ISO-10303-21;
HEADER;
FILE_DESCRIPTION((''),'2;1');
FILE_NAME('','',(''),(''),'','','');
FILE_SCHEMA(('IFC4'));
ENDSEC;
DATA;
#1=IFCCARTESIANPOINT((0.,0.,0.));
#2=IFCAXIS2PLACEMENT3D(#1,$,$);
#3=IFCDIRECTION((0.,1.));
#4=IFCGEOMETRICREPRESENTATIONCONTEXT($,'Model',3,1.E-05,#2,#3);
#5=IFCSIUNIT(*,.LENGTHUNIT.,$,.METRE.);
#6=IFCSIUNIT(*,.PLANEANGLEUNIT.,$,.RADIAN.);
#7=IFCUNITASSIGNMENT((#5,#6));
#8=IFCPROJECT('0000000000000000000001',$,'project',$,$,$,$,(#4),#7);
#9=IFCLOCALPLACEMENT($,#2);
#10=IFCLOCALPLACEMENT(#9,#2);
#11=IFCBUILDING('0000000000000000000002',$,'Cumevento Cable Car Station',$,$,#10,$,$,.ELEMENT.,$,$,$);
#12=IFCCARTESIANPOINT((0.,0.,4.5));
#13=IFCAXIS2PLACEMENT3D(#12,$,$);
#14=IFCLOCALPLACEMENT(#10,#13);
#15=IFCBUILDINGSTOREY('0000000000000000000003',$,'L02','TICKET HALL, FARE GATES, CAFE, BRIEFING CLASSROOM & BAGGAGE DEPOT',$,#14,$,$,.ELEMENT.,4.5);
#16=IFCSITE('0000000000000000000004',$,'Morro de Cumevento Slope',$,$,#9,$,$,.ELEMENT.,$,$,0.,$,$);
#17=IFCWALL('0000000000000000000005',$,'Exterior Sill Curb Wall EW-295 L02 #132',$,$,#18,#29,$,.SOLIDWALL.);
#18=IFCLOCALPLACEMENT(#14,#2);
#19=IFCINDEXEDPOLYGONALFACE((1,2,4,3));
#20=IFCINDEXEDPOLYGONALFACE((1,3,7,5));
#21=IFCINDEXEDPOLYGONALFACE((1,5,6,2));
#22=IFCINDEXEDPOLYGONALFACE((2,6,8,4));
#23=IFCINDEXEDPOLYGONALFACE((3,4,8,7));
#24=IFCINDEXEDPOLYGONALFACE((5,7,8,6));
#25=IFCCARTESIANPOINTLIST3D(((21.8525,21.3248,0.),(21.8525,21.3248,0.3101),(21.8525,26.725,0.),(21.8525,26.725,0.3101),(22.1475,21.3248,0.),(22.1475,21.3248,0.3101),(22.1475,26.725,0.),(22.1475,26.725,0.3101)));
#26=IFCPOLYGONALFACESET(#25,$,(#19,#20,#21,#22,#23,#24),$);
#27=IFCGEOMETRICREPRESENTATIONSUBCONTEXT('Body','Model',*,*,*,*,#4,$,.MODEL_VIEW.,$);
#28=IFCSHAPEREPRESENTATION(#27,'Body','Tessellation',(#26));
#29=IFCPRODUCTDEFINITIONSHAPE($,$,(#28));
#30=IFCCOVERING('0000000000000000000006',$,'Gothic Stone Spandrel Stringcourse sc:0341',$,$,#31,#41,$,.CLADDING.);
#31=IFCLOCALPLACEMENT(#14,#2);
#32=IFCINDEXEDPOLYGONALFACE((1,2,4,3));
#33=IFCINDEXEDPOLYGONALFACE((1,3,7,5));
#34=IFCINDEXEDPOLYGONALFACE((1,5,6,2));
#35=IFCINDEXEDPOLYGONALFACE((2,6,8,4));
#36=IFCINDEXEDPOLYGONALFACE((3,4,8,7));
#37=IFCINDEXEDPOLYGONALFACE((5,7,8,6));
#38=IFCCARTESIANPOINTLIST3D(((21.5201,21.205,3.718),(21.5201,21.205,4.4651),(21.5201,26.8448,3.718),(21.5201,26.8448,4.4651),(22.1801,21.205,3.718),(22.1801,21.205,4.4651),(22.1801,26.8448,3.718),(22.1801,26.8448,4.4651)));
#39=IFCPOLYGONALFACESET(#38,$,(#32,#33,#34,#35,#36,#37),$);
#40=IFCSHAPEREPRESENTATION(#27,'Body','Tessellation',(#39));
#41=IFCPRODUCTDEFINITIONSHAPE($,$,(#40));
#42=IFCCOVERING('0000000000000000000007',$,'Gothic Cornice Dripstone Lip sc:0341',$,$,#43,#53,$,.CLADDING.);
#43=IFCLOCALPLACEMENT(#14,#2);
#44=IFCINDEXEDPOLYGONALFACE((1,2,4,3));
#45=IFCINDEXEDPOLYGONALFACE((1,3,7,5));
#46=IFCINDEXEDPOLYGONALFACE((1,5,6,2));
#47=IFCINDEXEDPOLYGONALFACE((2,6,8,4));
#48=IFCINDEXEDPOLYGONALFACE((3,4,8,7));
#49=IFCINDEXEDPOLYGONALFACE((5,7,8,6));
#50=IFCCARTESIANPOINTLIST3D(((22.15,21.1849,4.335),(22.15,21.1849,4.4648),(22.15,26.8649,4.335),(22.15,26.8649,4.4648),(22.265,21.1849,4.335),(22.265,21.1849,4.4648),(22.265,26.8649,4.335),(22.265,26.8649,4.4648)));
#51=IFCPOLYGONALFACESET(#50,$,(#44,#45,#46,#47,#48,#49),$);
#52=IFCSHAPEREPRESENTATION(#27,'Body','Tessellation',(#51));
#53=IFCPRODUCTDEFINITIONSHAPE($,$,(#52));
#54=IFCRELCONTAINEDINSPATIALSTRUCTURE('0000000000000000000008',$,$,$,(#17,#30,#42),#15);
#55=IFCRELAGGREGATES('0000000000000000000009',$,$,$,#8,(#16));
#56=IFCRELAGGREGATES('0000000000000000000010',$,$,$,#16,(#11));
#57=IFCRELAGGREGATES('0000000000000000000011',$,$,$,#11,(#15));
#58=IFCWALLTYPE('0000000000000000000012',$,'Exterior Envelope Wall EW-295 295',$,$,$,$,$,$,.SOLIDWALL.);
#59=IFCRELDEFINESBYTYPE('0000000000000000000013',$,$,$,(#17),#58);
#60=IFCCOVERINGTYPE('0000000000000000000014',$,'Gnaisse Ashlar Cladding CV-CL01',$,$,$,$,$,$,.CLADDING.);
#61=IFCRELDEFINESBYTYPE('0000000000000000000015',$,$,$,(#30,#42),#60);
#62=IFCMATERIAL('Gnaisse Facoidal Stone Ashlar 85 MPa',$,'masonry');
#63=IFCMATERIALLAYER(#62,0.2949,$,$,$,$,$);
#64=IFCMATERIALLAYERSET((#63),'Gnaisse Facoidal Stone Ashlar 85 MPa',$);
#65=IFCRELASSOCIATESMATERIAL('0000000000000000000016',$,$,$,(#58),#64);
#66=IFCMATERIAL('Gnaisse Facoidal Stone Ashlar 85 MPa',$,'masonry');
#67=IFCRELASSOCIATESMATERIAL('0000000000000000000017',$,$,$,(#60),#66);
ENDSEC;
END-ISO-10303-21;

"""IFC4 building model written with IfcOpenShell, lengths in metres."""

from ifc_helpers import new_model, si_unit, direction, frame, frame_2d, origin, origin_2d, place, context, subcontext, project, spatial, rectangle, extrude, material, layer, layer_set, type_object, element, save


model = new_model("IFC4")

# Units and contexts
model_context = context("Model", 3, precision=1e-05, world=origin(), true_north=direction((0.0, 1.0)))
body_context = subcontext(model_context, "Body", "Model", "MODEL_VIEW")
ifc_project = project(units=[si_unit("LENGTHUNIT", "METRE"), si_unit("PLANEANGLEUNIT", "RADIAN")], contexts=[model_context])

# Site, building, storey
site_placement = place(None, origin())
site = spatial("IfcSite", under=ifc_project, at=site_placement, Name="Morro de Cumevento Slope", CompositionType="ELEMENT", RefElevation=0.0)
building_placement = place(site_placement, origin())
building = spatial("IfcBuilding", under=site, at=building_placement, Name="Cumevento Cable Car Station", CompositionType="ELEMENT")
storey_placement = place(building_placement, frame((0.0, 0.0, 4.5)))
storey = spatial("IfcBuildingStorey", under=building, at=storey_placement, Name="L02", Description="TICKET HALL, FARE GATES, CAFE, BRIEFING CLASSROOM & BAGGAGE DEPOT", CompositionType="ELEMENT", Elevation=4.5)

# Wall
ifc_material_1 = material(Name="Gnaisse Facoidal Stone Ashlar 85 MPa", Category="masonry")
ifc_layer_1 = layer(ifc_material_1, 0.2949)
ifc_layer_set_1 = layer_set([ifc_layer_1], Name="Gnaisse Facoidal Stone Ashlar 85 MPa")
wall_type = type_object("IfcWallType", Name="Exterior Envelope Wall EW-295 295", PredefinedType="SOLIDWALL", material=ifc_layer_set_1)
wall_placement = place(storey_placement, frame((22.0, 26.7251, 0.0), z_axis=(0.0, 0.0, 1.0), x_axis=(0.0, -1.0, 0.0)))
element("IfcWall", 1, at=wall_placement, inside=storey, type_object=wall_type, Name="Exterior Sill Curb Wall EW-295 L02 #132", PredefinedType="SOLIDWALL", context=body_context, shape_type="SweptSolid", body=[
    extrude(rectangle(XDim=5.4001, YDim=0.2949, at=frame_2d((2.7002, 0.0))), origin(), (0.0, 0.0, 1.0), 0.3101),
])

# Coverings
ifc_material_2 = material(Name="Gnaisse Facoidal Stone Ashlar 85 MPa", Category="masonry")
covering_type = type_object("IfcCoveringType", Name="Gnaisse Ashlar Cladding CV-CL01", PredefinedType="CLADDING", material=ifc_material_2)
covering_1_placement = place(storey_placement, frame((21.8501, 24.0249, 3.718), z_axis=(0.0, 0.0, 1.0), x_axis=(0.0, -1.0, 0.0)))
element("IfcCovering", 2, at=covering_1_placement, inside=storey, type_object=covering_type, Name="Gothic Stone Spandrel Stringcourse sc:0341", PredefinedType="CLADDING", context=body_context, shape_type="SweptSolid", body=[
    extrude(rectangle(XDim=5.6399, YDim=0.6599, at=origin_2d()), origin(), (0.0, 0.0, 1.0), 0.7471),
])
covering_2_placement = place(storey_placement, frame((22.2075, 24.0249, 4.335), z_axis=(0.0, 0.0, 1.0), x_axis=(0.0, -1.0, 0.0)))
element("IfcCovering", 3, at=covering_2_placement, inside=storey, type_object=covering_type, Name="Gothic Cornice Dripstone Lip sc:0341", PredefinedType="CLADDING", context=body_context, shape_type="SweptSolid", body=[
    extrude(rectangle(XDim=5.6799, YDim=0.115, at=origin_2d()), origin(), (0.0, 0.0, 1.0), 0.1299),
])

save(model, "model.ifc")
